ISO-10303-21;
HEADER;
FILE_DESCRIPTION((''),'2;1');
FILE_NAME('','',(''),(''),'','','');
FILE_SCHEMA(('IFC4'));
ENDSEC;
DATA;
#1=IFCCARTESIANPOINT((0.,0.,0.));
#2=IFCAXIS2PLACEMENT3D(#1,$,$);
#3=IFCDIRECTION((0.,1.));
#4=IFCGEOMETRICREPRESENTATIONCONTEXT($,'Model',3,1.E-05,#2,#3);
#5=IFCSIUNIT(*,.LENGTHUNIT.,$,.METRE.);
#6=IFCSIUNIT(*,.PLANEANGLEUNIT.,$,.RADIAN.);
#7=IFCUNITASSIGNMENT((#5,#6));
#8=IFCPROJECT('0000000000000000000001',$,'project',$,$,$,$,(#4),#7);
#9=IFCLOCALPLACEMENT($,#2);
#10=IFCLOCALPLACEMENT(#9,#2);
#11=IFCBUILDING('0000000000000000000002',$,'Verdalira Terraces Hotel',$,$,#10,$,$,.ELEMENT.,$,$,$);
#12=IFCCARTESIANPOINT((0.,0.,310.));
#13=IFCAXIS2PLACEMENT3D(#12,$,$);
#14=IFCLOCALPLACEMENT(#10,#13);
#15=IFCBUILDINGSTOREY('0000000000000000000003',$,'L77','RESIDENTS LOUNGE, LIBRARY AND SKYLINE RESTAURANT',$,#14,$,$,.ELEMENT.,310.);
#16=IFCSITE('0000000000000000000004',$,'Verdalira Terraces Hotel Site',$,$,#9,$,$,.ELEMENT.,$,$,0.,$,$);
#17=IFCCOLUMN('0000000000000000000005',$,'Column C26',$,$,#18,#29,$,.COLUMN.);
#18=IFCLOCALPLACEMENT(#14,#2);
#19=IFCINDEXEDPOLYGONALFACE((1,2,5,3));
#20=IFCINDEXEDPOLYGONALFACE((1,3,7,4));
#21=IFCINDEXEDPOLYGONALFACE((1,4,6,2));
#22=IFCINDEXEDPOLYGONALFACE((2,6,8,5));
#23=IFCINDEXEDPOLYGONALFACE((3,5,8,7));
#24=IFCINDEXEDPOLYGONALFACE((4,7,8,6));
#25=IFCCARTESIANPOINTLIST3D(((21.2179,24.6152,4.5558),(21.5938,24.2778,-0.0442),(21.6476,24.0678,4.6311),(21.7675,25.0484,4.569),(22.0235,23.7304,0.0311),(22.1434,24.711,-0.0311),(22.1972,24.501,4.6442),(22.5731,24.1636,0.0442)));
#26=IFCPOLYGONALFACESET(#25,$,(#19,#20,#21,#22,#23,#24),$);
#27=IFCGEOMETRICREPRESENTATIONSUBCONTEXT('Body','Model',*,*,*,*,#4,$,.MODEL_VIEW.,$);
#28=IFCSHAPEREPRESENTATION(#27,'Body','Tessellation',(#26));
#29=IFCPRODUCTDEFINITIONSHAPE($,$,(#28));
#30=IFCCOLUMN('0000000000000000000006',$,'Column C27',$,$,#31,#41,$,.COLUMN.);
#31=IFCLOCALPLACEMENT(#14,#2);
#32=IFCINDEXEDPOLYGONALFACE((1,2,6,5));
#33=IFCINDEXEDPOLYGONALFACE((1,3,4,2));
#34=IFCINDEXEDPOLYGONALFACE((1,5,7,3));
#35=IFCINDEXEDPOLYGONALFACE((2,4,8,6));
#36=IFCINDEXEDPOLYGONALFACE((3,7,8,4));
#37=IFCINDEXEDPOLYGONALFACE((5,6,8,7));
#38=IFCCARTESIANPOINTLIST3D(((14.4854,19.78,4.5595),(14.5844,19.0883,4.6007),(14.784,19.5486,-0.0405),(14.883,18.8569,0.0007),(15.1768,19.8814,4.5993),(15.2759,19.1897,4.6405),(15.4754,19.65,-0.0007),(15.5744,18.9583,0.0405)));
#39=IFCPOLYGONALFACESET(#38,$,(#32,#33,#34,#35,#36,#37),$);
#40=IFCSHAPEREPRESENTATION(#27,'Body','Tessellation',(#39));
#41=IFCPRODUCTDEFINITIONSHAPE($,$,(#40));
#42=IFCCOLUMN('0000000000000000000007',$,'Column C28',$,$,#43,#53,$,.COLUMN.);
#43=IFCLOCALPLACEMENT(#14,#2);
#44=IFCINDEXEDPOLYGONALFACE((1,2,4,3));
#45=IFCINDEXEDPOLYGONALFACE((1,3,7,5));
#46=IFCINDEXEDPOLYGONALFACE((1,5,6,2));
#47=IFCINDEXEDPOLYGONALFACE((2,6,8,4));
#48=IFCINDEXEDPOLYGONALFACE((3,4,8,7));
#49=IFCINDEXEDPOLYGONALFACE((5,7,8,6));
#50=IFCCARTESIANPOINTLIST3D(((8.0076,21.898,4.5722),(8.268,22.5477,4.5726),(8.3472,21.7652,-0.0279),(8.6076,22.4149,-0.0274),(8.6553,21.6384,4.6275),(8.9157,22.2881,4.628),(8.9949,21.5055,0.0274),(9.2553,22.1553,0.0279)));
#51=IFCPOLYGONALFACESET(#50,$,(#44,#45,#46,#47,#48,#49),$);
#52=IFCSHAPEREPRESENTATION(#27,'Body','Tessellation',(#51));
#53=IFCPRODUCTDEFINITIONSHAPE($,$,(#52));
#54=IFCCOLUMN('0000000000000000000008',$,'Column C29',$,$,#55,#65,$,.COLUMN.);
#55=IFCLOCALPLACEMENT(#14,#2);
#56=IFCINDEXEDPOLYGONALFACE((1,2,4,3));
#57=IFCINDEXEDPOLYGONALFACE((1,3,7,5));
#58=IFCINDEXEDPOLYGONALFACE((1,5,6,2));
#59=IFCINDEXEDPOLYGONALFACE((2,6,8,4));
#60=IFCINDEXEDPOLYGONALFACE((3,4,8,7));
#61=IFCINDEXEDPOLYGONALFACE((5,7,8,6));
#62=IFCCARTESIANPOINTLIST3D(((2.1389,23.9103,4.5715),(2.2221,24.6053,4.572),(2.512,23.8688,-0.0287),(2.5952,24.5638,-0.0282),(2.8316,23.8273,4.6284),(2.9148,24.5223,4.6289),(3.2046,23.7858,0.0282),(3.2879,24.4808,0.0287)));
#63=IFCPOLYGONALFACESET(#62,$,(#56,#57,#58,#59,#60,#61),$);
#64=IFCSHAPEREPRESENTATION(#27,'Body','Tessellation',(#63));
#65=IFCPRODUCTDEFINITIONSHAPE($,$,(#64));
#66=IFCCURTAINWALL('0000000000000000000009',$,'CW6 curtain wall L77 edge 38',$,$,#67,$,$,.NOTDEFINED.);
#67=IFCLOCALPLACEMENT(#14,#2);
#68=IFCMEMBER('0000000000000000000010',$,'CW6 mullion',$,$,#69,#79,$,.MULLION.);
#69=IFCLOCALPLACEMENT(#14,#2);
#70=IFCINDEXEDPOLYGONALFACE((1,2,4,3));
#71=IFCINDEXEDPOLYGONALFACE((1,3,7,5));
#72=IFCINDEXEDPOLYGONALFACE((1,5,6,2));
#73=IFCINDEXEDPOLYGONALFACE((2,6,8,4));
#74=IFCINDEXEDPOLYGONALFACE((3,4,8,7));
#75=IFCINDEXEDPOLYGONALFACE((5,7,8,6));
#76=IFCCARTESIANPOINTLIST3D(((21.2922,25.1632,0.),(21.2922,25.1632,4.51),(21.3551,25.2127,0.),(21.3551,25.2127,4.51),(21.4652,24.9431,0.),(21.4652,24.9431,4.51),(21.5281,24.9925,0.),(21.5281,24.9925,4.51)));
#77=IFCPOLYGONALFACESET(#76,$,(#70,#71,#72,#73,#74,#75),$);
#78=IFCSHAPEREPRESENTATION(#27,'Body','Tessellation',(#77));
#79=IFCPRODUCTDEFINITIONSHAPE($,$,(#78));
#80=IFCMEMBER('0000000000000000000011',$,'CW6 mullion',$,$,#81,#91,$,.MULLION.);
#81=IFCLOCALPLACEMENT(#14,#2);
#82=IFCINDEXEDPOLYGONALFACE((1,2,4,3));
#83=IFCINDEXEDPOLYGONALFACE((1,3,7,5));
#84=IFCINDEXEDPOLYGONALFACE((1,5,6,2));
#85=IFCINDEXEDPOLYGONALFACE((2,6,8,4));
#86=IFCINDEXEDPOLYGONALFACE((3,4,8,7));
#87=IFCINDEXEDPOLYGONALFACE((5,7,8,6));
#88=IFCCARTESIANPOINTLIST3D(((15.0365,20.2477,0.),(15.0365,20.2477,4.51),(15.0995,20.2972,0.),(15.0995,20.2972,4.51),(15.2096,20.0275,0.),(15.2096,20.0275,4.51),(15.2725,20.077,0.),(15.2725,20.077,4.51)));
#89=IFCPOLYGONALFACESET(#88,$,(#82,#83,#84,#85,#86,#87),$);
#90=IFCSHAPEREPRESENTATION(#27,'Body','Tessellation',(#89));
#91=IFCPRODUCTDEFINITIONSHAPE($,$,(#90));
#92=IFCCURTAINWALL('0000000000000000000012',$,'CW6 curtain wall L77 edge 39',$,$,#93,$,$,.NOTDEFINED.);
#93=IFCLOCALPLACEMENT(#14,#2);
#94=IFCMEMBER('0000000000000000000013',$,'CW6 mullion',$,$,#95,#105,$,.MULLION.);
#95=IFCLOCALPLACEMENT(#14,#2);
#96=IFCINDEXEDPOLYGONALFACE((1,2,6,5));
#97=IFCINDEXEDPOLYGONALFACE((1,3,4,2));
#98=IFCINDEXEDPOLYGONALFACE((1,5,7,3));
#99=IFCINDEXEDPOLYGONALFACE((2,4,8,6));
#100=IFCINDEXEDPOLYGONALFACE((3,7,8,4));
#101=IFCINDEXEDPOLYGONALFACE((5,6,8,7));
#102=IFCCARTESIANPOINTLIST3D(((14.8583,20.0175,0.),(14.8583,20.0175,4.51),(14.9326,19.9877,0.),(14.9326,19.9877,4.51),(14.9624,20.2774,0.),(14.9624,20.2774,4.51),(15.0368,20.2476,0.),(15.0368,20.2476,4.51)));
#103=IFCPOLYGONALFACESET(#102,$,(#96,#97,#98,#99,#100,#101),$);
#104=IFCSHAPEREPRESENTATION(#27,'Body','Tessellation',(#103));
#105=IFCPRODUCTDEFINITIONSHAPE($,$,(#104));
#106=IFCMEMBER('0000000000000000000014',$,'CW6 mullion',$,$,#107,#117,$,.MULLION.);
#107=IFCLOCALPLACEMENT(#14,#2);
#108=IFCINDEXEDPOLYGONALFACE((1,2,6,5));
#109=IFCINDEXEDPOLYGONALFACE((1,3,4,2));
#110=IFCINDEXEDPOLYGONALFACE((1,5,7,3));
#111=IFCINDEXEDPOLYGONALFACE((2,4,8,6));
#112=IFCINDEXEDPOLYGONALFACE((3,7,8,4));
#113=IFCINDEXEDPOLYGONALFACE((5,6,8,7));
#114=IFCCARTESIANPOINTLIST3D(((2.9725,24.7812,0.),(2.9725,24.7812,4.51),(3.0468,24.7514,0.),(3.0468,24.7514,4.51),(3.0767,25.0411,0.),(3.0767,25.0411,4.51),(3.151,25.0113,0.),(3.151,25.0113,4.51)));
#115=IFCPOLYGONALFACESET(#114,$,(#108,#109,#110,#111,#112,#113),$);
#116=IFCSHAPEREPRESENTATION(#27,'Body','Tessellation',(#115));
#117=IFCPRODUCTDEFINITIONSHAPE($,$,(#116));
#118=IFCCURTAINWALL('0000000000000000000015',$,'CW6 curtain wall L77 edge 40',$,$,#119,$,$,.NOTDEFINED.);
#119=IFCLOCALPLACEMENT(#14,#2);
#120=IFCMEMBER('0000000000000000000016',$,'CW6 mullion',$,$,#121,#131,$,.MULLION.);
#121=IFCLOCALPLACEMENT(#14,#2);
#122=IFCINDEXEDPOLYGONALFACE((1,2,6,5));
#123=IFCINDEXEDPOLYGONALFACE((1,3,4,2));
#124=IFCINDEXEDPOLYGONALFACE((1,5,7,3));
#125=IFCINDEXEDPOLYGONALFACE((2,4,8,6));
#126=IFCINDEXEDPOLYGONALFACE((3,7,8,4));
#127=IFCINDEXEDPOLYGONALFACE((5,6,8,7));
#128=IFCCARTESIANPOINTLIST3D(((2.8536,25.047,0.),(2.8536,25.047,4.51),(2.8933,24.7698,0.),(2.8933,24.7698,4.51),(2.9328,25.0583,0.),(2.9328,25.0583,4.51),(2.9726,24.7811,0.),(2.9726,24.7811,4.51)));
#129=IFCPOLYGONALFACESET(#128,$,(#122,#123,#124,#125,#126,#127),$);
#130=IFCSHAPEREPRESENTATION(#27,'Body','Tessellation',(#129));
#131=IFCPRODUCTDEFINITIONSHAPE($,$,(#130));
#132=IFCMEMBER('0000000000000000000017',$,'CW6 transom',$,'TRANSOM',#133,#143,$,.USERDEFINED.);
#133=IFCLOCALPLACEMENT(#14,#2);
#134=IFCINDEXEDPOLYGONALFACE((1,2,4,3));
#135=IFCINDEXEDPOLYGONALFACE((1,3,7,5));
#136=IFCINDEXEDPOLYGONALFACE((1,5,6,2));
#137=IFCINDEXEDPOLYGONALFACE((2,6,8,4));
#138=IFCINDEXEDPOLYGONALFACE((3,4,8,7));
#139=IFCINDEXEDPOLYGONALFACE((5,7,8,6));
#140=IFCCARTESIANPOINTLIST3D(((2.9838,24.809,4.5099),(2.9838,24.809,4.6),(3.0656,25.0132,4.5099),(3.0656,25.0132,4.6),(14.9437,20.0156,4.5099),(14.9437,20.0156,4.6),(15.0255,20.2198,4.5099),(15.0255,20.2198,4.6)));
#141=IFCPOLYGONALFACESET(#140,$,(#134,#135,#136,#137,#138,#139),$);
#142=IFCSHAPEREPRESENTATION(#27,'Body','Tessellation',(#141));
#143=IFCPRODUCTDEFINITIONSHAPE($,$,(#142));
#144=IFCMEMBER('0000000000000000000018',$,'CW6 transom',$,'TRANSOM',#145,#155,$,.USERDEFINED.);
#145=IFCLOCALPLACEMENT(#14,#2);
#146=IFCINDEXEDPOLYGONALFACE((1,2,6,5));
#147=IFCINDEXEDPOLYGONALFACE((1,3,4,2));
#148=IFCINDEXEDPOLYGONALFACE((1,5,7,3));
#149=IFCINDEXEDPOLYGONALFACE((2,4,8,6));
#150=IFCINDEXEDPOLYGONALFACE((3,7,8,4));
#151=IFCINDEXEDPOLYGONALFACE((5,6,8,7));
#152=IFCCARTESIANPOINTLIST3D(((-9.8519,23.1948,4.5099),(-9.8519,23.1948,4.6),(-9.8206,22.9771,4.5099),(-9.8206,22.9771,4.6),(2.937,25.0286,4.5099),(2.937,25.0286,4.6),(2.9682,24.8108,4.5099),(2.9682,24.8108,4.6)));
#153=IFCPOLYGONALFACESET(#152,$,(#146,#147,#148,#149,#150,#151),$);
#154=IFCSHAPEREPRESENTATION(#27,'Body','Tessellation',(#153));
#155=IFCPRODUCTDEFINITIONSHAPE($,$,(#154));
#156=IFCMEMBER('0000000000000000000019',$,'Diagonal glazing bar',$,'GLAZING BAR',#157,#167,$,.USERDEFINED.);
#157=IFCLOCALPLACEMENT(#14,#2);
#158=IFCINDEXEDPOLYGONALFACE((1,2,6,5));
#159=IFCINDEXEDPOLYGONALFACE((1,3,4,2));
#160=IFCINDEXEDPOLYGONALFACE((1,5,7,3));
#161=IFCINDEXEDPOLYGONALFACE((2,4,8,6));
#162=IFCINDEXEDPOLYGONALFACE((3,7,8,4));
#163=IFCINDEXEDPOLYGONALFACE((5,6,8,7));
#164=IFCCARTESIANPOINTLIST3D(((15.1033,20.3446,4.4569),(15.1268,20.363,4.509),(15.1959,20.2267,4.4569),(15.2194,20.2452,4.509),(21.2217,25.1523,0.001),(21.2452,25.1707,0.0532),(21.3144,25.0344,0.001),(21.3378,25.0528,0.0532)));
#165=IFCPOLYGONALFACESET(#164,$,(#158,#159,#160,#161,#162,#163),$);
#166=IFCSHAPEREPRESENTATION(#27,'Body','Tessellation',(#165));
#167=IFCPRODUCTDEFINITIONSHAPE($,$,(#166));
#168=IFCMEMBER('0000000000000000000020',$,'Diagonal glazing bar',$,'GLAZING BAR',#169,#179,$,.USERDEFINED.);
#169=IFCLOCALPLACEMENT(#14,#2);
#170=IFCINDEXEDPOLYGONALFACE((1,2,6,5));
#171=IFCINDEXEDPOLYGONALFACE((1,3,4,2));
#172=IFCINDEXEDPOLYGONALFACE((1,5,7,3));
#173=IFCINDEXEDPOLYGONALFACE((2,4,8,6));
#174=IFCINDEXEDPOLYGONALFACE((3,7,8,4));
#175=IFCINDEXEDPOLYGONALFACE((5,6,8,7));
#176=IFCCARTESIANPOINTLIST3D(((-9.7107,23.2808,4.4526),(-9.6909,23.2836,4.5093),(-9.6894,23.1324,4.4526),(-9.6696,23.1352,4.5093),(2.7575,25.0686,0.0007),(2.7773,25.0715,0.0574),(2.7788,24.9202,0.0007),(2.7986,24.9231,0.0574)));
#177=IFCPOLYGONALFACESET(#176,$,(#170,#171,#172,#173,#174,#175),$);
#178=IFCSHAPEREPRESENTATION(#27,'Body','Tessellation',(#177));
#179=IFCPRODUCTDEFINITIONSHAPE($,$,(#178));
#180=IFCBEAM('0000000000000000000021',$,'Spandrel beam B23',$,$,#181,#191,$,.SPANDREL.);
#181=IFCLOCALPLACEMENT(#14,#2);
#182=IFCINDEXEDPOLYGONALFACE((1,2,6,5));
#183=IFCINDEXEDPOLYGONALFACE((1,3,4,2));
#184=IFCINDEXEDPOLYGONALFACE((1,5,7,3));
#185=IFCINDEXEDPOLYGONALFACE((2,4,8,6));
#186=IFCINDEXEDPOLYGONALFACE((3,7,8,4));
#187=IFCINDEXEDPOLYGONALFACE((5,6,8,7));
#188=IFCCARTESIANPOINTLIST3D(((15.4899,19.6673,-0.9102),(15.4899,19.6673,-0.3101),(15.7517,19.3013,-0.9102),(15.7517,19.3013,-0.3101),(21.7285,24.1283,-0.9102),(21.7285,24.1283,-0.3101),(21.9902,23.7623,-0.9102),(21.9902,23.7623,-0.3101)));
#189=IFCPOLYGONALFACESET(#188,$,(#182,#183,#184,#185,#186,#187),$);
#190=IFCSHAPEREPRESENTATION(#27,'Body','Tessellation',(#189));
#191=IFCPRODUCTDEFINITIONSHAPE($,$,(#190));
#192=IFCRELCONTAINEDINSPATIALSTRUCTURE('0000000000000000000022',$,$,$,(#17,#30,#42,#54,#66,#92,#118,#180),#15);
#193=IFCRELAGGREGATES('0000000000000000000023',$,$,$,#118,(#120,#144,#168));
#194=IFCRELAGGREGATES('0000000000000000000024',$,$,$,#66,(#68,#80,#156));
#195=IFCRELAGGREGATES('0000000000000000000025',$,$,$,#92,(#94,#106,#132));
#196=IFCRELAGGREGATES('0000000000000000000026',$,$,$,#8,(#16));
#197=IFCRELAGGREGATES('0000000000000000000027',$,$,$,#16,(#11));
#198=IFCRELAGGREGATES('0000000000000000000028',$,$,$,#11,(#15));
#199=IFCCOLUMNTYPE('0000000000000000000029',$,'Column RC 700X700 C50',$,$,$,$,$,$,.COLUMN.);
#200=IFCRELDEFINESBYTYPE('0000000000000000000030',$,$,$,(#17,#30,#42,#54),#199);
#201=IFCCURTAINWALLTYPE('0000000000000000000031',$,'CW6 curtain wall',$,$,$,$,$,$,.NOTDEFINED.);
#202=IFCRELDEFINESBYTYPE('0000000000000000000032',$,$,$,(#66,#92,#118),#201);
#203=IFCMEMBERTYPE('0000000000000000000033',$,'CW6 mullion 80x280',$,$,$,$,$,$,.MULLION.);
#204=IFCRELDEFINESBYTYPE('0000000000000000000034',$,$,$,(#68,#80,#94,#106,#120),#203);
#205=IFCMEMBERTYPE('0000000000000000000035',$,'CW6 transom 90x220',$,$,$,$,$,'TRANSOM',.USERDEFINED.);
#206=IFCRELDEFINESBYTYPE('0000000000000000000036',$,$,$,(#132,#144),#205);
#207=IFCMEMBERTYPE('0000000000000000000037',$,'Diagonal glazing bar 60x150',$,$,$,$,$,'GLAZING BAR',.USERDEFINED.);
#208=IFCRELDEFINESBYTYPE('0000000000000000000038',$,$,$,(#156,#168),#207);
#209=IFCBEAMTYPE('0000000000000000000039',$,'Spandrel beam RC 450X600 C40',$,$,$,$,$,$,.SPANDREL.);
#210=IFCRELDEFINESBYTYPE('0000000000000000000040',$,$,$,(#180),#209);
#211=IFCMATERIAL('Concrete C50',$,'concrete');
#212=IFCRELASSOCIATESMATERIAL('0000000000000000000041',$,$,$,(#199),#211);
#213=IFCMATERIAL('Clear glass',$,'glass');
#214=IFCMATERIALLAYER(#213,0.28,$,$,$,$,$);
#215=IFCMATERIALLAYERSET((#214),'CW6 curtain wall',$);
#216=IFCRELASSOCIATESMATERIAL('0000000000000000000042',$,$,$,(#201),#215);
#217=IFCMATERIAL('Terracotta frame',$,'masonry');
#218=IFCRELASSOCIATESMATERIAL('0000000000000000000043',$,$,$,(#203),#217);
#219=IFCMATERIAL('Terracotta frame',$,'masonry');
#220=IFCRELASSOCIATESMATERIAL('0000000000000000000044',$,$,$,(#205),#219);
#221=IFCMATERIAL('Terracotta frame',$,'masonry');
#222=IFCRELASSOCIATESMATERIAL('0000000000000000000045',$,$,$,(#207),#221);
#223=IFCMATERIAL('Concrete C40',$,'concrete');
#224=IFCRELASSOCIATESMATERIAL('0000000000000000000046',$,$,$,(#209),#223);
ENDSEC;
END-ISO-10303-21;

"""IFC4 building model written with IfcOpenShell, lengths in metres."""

from ifc_helpers import new_model, si_unit, direction, frame, origin, origin_2d, place, context, subcontext, project, spatial, rectangle, extrude, material, layer, layer_set, material_profile, profile_set, type_object, element, aggregate, save


model = new_model("IFC4")

# Units and contexts
model_context = context("Model", 3, precision=1e-05, world=origin(), true_north=direction((0.0, 1.0)))
body_context = subcontext(model_context, "Body", "Model", "MODEL_VIEW")
ifc_project = project(units=[si_unit("LENGTHUNIT", "METRE"), si_unit("PLANEANGLEUNIT", "RADIAN")], contexts=[model_context])

# Site, building, storey
site_placement = place(None, origin())
site = spatial("IfcSite", under=ifc_project, at=site_placement, Name="Verdalira Terraces Hotel Site", CompositionType="ELEMENT", RefElevation=0.0)
building_placement = place(site_placement, origin())
building = spatial("IfcBuilding", under=site, at=building_placement, Name="Verdalira Terraces Hotel", CompositionType="ELEMENT")
storey_placement = place(building_placement, frame((0.0, 0.0, 310.0)))
storey = spatial("IfcBuildingStorey", under=building, at=storey_placement, Name="L77", Description="RESIDENTS LOUNGE, LIBRARY AND SKYLINE RESTAURANT", CompositionType="ELEMENT", Elevation=310.0)

# Columns
ifc_material_1 = material(Name="Concrete C50", Category="concrete")
ifc_material_profile_1 = material_profile(ifc_material_1, rectangle(XDim=0.7, YDim=0.7, at=origin_2d()), Name="RC 700X700")
ifc_profile_set_1 = profile_set([ifc_material_profile_1], Name="Concrete C50")
column_type = type_object("IfcColumnType", Name="Column RC 700X700 C50", PredefinedType="COLUMN", material=ifc_profile_set_1)
column_1_placement = place(storey_placement, frame((22.0835, 24.2207, 0.0), z_axis=(-0.081244, 0.072908, 0.994024), x_axis=(-0.785191, -0.618969, -0.018776)))
element("IfcColumn", 1, at=column_1_placement, inside=storey, type_object=column_type, Name="Column C26", PredefinedType="COLUMN", context=body_context, shape_type="SweptSolid", body=[
    extrude(rectangle(XDim=0.7, YDim=0.7, at=origin_2d()), origin(), (0.0, 0.0, 1.0), 4.6277),
])
column_2_placement = place(storey_placement, frame((15.1792, 19.2534, 0.0), z_axis=(-0.06469, 0.050144, 0.996645), x_axis=(0.987816, 0.144878, 0.056828)))
element("IfcColumn", 2, at=column_2_placement, inside=storey, type_object=column_type, Name="Column C27", PredefinedType="COLUMN", context=body_context, shape_type="SweptSolid", body=[
    extrude(rectangle(XDim=0.7, YDim=0.7, at=origin_2d()), origin(), (0.0, 0.0, 1.0), 4.6155),
])
column_3_placement = place(storey_placement, frame((8.8013, 21.9602, 0.0), z_axis=(-0.073594, 0.028781, 0.996873), x_axis=(-0.925306, 0.370897, -0.079019)))
element("IfcColumn", 3, at=column_3_placement, inside=storey, type_object=column_type, Name="Column C28", PredefinedType="COLUMN", context=body_context, shape_type="SweptSolid", body=[
    extrude(rectangle(XDim=0.7, YDim=0.7, at=origin_2d()), origin(), (0.0, 0.0, 1.0), 4.6145),
])
column_4_placement = place(storey_placement, frame((2.8999, 24.1748, 0.0), z_axis=(-0.080827, 0.008993, 0.996688), x_axis=(0.989611, -0.118558, 0.081323)))
element("IfcColumn", 4, at=column_4_placement, inside=storey, type_object=column_type, Name="Column C29", PredefinedType="COLUMN", context=body_context, shape_type="SweptSolid", body=[
    extrude(rectangle(XDim=0.7, YDim=0.7, at=origin_2d()), origin(), (0.0, 0.0, 1.0), 4.6155),
])

# Curtain walls, members
ifc_material_2 = material(Name="Clear glass", Category="glass")
ifc_layer_1 = layer(ifc_material_2, 0.28)
ifc_layer_set_1 = layer_set([ifc_layer_1], Name="CW6 curtain wall")
curtain_wall_type = type_object("IfcCurtainWallType", Name="CW6 curtain wall", PredefinedType="NOTDEFINED", material=ifc_layer_set_1)
curtain_wall_1_placement = place(storey_placement, origin())
curtain_wall_1 = element("IfcCurtainWall", 5, at=curtain_wall_1_placement, inside=storey, type_object=curtain_wall_type, Name="CW6 curtain wall L77 edge 38", PredefinedType="NOTDEFINED")
ifc_material_3 = material(Name="Terracotta frame", Category="masonry")
ifc_material_profile_2 = material_profile(ifc_material_3, rectangle(XDim=0.0801, YDim=0.28, at=origin_2d()), Name="MU 80x280")
ifc_profile_set_2 = profile_set([ifc_material_profile_2], Name="Terracotta frame")
member_type_1 = type_object("IfcMemberType", Name="CW6 mullion 80x280", PredefinedType="MULLION", material=ifc_profile_set_2)
member_1_placement = place(storey_placement, frame((21.4102, 25.0779, 0.0), z_axis=(0.0, 0.0, 1.0), x_axis=(-0.786288, -0.61786, 0.0)))
member_1 = element("IfcMember", 6, at=member_1_placement, type_object=member_type_1, Name="CW6 mullion", PredefinedType="MULLION", context=body_context, shape_type="SweptSolid", body=[
    extrude(rectangle(XDim=0.0801, YDim=0.28, at=origin_2d()), origin(), (0.0, 0.0, 1.0), 4.51),
])
member_2_placement = place(storey_placement, frame((15.1545, 20.1624, 0.0), z_axis=(0.0, 0.0, 1.0), x_axis=(-0.786288, -0.61786, 0.0)))
member_2 = element("IfcMember", 7, at=member_2_placement, type_object=member_type_1, Name="CW6 mullion", PredefinedType="MULLION", context=body_context, shape_type="SweptSolid", body=[
    extrude(rectangle(XDim=0.0801, YDim=0.28, at=origin_2d()), origin(), (0.0, 0.0, 1.0), 4.51),
])
curtain_wall_2_placement = place(storey_placement, origin())
curtain_wall_2 = element("IfcCurtainWall", 8, at=curtain_wall_2_placement, inside=storey, type_object=curtain_wall_type, Name="CW6 curtain wall L77 edge 39", PredefinedType="NOTDEFINED")
member_3_placement = place(storey_placement, frame((14.9475, 20.1326, 0.0), z_axis=(0.0, 0.0, 1.0), x_axis=(-0.928226, 0.372016, 0.0)))
member_3 = element("IfcMember", 9, at=member_3_placement, type_object=member_type_1, Name="CW6 mullion", PredefinedType="MULLION", context=body_context, shape_type="SweptSolid", body=[
    extrude(rectangle(XDim=0.0801, YDim=0.28, at=origin_2d()), origin(), (0.0, 0.0, 1.0), 4.51),
])
member_4_placement = place(storey_placement, frame((3.0618, 24.8962, 0.0), z_axis=(0.0, 0.0, 1.0), x_axis=(-0.928226, 0.372016, 0.0)))
member_4 = element("IfcMember", 10, at=member_4_placement, type_object=member_type_1, Name="CW6 mullion", PredefinedType="MULLION", context=body_context, shape_type="SweptSolid", body=[
    extrude(rectangle(XDim=0.0801, YDim=0.28, at=origin_2d()), origin(), (0.0, 0.0, 1.0), 4.51),
])

# Curtain wall, member
curtain_wall_3_placement = place(storey_placement, origin())
curtain_wall_3 = element("IfcCurtainWall", 11, at=curtain_wall_3_placement, inside=storey, type_object=curtain_wall_type, Name="CW6 curtain wall L77 edge 40", PredefinedType="NOTDEFINED")
member_5_placement = place(storey_placement, frame((2.9131, 24.9141, 0.0), z_axis=(0.0, 0.0, 1.0), x_axis=(-0.989876, -0.141938, 0.0)))
member_5 = element("IfcMember", 12, at=member_5_placement, type_object=member_type_1, Name="CW6 mullion", PredefinedType="MULLION", context=body_context, shape_type="SweptSolid", body=[
    extrude(rectangle(XDim=0.0801, YDim=0.28, at=origin_2d()), origin(), (0.0, 0.0, 1.0), 4.51),
])

# Members
ifc_material_4 = material(Name="Terracotta frame", Category="masonry")
ifc_material_profile_3 = material_profile(ifc_material_4, rectangle(XDim=0.22, YDim=0.0901, at=origin_2d()), Name="TR 90x220")
ifc_profile_set_3 = profile_set([ifc_material_profile_3], Name="Terracotta frame")
member_type_2 = type_object("IfcMemberType", Name="CW6 transom 90x220", ElementType="TRANSOM", PredefinedType="USERDEFINED", material=ifc_profile_set_3)
member_6_placement = place(storey_placement, frame((14.9846, 20.1177, 4.5549), z_axis=(-0.928223, 0.372024, 0.0), x_axis=(-0.372024, -0.928223, 0.0)))
member_6 = element("IfcMember", 13, at=member_6_placement, type_object=member_type_2, Name="CW6 transom", ObjectType="TRANSOM", PredefinedType="USERDEFINED", context=body_context, shape_type="SweptSolid", body=[
    extrude(rectangle(XDim=0.22, YDim=0.0901, at=origin_2d()), origin(), (0.0, 0.0, 1.0), 12.8848),
])
member_7_placement = place(storey_placement, frame((2.9526, 24.9197, 4.5549), z_axis=(-0.989876, -0.141935, 0.0), x_axis=(0.141935, -0.989876, 0.0)))
member_7 = element("IfcMember", 14, at=member_7_placement, type_object=member_type_2, Name="CW6 transom", ObjectType="TRANSOM", PredefinedType="USERDEFINED", context=body_context, shape_type="SweptSolid", body=[
    extrude(rectangle(XDim=0.22, YDim=0.0901, at=origin_2d()), origin(), (0.0, 0.0, 1.0), 12.9197),
])
ifc_material_5 = material(Name="Terracotta frame", Category="masonry")
ifc_material_profile_4 = material_profile(ifc_material_5, rectangle(XDim=0.1499, YDim=0.0601, at=origin_2d()), Name="GB 60x150")
ifc_profile_set_4 = profile_set([ifc_material_profile_4], Name="Terracotta frame")
member_type_3 = type_object("IfcMemberType", Name="Diagonal glazing bar 60x150", ElementType="GLAZING BAR", PredefinedType="USERDEFINED", material=ifc_profile_set_4)
member_8_placement = place(storey_placement, frame((21.2798, 25.1025, 0.0271), z_axis=(-0.682345, -0.536161, 0.496927), x_axis=(0.617845, -0.7863, 0.0)))
member_8 = element("IfcMember", 15, at=member_8_placement, type_object=member_type_3, Name="Diagonal glazing bar", ObjectType="GLAZING BAR", PredefinedType="USERDEFINED", context=body_context, shape_type="SweptSolid", body=[
    extrude(rectangle(XDim=0.1499, YDim=0.0601, at=origin_2d()), origin(), (0.0, 0.0, 1.0), 8.9668),
])
member_9_placement = place(storey_placement, frame((2.7781, 24.9959, 0.0291), z_axis=(-0.933296, -0.133827, 0.333242), x_axis=(0.14194, -0.989875, 0.0)))
member_9 = element("IfcMember", 16, at=member_9_placement, type_object=member_type_3, Name="Diagonal glazing bar", ObjectType="GLAZING BAR", PredefinedType="USERDEFINED", context=body_context, shape_type="SweptSolid", body=[
    extrude(rectangle(XDim=0.1499, YDim=0.0601, at=origin_2d()), origin(), (0.0, 0.0, 1.0), 13.3594),
])
aggregate(curtain_wall_3, [member_5, member_7, member_9])

# Beam
ifc_material_6 = material(Name="Concrete C40", Category="concrete")
ifc_material_profile_5 = material_profile(ifc_material_6, rectangle(XDim=0.45, YDim=0.6001, at=origin_2d()), Name="RC 450X600")
ifc_profile_set_5 = profile_set([ifc_material_profile_5], Name="Concrete C40")
beam_type = type_object("IfcBeamType", Name="Spandrel beam RC 450X600 C40", PredefinedType="SPANDREL", material=ifc_profile_set_5)
beam_1_placement = place(storey_placement, frame((21.8594, 23.9453, -0.6101), z_axis=(-0.813434, -0.581657, 0.0), x_axis=(0.581657, -0.813434, 0.0)))
element("IfcBeam", 17, at=beam_1_placement, inside=storey, type_object=beam_type, Name="Spandrel beam B23", PredefinedType="SPANDREL", context=body_context, shape_type="SweptSolid", body=[
    extrude(rectangle(XDim=0.45, YDim=0.6001, at=origin_2d()), origin(), (0.0, 0.0, 1.0), 7.6694),
])

aggregate(curtain_wall_1, [member_1, member_2, member_8])
aggregate(curtain_wall_2, [member_3, member_4, member_6])

save(model, "model.ifc")
